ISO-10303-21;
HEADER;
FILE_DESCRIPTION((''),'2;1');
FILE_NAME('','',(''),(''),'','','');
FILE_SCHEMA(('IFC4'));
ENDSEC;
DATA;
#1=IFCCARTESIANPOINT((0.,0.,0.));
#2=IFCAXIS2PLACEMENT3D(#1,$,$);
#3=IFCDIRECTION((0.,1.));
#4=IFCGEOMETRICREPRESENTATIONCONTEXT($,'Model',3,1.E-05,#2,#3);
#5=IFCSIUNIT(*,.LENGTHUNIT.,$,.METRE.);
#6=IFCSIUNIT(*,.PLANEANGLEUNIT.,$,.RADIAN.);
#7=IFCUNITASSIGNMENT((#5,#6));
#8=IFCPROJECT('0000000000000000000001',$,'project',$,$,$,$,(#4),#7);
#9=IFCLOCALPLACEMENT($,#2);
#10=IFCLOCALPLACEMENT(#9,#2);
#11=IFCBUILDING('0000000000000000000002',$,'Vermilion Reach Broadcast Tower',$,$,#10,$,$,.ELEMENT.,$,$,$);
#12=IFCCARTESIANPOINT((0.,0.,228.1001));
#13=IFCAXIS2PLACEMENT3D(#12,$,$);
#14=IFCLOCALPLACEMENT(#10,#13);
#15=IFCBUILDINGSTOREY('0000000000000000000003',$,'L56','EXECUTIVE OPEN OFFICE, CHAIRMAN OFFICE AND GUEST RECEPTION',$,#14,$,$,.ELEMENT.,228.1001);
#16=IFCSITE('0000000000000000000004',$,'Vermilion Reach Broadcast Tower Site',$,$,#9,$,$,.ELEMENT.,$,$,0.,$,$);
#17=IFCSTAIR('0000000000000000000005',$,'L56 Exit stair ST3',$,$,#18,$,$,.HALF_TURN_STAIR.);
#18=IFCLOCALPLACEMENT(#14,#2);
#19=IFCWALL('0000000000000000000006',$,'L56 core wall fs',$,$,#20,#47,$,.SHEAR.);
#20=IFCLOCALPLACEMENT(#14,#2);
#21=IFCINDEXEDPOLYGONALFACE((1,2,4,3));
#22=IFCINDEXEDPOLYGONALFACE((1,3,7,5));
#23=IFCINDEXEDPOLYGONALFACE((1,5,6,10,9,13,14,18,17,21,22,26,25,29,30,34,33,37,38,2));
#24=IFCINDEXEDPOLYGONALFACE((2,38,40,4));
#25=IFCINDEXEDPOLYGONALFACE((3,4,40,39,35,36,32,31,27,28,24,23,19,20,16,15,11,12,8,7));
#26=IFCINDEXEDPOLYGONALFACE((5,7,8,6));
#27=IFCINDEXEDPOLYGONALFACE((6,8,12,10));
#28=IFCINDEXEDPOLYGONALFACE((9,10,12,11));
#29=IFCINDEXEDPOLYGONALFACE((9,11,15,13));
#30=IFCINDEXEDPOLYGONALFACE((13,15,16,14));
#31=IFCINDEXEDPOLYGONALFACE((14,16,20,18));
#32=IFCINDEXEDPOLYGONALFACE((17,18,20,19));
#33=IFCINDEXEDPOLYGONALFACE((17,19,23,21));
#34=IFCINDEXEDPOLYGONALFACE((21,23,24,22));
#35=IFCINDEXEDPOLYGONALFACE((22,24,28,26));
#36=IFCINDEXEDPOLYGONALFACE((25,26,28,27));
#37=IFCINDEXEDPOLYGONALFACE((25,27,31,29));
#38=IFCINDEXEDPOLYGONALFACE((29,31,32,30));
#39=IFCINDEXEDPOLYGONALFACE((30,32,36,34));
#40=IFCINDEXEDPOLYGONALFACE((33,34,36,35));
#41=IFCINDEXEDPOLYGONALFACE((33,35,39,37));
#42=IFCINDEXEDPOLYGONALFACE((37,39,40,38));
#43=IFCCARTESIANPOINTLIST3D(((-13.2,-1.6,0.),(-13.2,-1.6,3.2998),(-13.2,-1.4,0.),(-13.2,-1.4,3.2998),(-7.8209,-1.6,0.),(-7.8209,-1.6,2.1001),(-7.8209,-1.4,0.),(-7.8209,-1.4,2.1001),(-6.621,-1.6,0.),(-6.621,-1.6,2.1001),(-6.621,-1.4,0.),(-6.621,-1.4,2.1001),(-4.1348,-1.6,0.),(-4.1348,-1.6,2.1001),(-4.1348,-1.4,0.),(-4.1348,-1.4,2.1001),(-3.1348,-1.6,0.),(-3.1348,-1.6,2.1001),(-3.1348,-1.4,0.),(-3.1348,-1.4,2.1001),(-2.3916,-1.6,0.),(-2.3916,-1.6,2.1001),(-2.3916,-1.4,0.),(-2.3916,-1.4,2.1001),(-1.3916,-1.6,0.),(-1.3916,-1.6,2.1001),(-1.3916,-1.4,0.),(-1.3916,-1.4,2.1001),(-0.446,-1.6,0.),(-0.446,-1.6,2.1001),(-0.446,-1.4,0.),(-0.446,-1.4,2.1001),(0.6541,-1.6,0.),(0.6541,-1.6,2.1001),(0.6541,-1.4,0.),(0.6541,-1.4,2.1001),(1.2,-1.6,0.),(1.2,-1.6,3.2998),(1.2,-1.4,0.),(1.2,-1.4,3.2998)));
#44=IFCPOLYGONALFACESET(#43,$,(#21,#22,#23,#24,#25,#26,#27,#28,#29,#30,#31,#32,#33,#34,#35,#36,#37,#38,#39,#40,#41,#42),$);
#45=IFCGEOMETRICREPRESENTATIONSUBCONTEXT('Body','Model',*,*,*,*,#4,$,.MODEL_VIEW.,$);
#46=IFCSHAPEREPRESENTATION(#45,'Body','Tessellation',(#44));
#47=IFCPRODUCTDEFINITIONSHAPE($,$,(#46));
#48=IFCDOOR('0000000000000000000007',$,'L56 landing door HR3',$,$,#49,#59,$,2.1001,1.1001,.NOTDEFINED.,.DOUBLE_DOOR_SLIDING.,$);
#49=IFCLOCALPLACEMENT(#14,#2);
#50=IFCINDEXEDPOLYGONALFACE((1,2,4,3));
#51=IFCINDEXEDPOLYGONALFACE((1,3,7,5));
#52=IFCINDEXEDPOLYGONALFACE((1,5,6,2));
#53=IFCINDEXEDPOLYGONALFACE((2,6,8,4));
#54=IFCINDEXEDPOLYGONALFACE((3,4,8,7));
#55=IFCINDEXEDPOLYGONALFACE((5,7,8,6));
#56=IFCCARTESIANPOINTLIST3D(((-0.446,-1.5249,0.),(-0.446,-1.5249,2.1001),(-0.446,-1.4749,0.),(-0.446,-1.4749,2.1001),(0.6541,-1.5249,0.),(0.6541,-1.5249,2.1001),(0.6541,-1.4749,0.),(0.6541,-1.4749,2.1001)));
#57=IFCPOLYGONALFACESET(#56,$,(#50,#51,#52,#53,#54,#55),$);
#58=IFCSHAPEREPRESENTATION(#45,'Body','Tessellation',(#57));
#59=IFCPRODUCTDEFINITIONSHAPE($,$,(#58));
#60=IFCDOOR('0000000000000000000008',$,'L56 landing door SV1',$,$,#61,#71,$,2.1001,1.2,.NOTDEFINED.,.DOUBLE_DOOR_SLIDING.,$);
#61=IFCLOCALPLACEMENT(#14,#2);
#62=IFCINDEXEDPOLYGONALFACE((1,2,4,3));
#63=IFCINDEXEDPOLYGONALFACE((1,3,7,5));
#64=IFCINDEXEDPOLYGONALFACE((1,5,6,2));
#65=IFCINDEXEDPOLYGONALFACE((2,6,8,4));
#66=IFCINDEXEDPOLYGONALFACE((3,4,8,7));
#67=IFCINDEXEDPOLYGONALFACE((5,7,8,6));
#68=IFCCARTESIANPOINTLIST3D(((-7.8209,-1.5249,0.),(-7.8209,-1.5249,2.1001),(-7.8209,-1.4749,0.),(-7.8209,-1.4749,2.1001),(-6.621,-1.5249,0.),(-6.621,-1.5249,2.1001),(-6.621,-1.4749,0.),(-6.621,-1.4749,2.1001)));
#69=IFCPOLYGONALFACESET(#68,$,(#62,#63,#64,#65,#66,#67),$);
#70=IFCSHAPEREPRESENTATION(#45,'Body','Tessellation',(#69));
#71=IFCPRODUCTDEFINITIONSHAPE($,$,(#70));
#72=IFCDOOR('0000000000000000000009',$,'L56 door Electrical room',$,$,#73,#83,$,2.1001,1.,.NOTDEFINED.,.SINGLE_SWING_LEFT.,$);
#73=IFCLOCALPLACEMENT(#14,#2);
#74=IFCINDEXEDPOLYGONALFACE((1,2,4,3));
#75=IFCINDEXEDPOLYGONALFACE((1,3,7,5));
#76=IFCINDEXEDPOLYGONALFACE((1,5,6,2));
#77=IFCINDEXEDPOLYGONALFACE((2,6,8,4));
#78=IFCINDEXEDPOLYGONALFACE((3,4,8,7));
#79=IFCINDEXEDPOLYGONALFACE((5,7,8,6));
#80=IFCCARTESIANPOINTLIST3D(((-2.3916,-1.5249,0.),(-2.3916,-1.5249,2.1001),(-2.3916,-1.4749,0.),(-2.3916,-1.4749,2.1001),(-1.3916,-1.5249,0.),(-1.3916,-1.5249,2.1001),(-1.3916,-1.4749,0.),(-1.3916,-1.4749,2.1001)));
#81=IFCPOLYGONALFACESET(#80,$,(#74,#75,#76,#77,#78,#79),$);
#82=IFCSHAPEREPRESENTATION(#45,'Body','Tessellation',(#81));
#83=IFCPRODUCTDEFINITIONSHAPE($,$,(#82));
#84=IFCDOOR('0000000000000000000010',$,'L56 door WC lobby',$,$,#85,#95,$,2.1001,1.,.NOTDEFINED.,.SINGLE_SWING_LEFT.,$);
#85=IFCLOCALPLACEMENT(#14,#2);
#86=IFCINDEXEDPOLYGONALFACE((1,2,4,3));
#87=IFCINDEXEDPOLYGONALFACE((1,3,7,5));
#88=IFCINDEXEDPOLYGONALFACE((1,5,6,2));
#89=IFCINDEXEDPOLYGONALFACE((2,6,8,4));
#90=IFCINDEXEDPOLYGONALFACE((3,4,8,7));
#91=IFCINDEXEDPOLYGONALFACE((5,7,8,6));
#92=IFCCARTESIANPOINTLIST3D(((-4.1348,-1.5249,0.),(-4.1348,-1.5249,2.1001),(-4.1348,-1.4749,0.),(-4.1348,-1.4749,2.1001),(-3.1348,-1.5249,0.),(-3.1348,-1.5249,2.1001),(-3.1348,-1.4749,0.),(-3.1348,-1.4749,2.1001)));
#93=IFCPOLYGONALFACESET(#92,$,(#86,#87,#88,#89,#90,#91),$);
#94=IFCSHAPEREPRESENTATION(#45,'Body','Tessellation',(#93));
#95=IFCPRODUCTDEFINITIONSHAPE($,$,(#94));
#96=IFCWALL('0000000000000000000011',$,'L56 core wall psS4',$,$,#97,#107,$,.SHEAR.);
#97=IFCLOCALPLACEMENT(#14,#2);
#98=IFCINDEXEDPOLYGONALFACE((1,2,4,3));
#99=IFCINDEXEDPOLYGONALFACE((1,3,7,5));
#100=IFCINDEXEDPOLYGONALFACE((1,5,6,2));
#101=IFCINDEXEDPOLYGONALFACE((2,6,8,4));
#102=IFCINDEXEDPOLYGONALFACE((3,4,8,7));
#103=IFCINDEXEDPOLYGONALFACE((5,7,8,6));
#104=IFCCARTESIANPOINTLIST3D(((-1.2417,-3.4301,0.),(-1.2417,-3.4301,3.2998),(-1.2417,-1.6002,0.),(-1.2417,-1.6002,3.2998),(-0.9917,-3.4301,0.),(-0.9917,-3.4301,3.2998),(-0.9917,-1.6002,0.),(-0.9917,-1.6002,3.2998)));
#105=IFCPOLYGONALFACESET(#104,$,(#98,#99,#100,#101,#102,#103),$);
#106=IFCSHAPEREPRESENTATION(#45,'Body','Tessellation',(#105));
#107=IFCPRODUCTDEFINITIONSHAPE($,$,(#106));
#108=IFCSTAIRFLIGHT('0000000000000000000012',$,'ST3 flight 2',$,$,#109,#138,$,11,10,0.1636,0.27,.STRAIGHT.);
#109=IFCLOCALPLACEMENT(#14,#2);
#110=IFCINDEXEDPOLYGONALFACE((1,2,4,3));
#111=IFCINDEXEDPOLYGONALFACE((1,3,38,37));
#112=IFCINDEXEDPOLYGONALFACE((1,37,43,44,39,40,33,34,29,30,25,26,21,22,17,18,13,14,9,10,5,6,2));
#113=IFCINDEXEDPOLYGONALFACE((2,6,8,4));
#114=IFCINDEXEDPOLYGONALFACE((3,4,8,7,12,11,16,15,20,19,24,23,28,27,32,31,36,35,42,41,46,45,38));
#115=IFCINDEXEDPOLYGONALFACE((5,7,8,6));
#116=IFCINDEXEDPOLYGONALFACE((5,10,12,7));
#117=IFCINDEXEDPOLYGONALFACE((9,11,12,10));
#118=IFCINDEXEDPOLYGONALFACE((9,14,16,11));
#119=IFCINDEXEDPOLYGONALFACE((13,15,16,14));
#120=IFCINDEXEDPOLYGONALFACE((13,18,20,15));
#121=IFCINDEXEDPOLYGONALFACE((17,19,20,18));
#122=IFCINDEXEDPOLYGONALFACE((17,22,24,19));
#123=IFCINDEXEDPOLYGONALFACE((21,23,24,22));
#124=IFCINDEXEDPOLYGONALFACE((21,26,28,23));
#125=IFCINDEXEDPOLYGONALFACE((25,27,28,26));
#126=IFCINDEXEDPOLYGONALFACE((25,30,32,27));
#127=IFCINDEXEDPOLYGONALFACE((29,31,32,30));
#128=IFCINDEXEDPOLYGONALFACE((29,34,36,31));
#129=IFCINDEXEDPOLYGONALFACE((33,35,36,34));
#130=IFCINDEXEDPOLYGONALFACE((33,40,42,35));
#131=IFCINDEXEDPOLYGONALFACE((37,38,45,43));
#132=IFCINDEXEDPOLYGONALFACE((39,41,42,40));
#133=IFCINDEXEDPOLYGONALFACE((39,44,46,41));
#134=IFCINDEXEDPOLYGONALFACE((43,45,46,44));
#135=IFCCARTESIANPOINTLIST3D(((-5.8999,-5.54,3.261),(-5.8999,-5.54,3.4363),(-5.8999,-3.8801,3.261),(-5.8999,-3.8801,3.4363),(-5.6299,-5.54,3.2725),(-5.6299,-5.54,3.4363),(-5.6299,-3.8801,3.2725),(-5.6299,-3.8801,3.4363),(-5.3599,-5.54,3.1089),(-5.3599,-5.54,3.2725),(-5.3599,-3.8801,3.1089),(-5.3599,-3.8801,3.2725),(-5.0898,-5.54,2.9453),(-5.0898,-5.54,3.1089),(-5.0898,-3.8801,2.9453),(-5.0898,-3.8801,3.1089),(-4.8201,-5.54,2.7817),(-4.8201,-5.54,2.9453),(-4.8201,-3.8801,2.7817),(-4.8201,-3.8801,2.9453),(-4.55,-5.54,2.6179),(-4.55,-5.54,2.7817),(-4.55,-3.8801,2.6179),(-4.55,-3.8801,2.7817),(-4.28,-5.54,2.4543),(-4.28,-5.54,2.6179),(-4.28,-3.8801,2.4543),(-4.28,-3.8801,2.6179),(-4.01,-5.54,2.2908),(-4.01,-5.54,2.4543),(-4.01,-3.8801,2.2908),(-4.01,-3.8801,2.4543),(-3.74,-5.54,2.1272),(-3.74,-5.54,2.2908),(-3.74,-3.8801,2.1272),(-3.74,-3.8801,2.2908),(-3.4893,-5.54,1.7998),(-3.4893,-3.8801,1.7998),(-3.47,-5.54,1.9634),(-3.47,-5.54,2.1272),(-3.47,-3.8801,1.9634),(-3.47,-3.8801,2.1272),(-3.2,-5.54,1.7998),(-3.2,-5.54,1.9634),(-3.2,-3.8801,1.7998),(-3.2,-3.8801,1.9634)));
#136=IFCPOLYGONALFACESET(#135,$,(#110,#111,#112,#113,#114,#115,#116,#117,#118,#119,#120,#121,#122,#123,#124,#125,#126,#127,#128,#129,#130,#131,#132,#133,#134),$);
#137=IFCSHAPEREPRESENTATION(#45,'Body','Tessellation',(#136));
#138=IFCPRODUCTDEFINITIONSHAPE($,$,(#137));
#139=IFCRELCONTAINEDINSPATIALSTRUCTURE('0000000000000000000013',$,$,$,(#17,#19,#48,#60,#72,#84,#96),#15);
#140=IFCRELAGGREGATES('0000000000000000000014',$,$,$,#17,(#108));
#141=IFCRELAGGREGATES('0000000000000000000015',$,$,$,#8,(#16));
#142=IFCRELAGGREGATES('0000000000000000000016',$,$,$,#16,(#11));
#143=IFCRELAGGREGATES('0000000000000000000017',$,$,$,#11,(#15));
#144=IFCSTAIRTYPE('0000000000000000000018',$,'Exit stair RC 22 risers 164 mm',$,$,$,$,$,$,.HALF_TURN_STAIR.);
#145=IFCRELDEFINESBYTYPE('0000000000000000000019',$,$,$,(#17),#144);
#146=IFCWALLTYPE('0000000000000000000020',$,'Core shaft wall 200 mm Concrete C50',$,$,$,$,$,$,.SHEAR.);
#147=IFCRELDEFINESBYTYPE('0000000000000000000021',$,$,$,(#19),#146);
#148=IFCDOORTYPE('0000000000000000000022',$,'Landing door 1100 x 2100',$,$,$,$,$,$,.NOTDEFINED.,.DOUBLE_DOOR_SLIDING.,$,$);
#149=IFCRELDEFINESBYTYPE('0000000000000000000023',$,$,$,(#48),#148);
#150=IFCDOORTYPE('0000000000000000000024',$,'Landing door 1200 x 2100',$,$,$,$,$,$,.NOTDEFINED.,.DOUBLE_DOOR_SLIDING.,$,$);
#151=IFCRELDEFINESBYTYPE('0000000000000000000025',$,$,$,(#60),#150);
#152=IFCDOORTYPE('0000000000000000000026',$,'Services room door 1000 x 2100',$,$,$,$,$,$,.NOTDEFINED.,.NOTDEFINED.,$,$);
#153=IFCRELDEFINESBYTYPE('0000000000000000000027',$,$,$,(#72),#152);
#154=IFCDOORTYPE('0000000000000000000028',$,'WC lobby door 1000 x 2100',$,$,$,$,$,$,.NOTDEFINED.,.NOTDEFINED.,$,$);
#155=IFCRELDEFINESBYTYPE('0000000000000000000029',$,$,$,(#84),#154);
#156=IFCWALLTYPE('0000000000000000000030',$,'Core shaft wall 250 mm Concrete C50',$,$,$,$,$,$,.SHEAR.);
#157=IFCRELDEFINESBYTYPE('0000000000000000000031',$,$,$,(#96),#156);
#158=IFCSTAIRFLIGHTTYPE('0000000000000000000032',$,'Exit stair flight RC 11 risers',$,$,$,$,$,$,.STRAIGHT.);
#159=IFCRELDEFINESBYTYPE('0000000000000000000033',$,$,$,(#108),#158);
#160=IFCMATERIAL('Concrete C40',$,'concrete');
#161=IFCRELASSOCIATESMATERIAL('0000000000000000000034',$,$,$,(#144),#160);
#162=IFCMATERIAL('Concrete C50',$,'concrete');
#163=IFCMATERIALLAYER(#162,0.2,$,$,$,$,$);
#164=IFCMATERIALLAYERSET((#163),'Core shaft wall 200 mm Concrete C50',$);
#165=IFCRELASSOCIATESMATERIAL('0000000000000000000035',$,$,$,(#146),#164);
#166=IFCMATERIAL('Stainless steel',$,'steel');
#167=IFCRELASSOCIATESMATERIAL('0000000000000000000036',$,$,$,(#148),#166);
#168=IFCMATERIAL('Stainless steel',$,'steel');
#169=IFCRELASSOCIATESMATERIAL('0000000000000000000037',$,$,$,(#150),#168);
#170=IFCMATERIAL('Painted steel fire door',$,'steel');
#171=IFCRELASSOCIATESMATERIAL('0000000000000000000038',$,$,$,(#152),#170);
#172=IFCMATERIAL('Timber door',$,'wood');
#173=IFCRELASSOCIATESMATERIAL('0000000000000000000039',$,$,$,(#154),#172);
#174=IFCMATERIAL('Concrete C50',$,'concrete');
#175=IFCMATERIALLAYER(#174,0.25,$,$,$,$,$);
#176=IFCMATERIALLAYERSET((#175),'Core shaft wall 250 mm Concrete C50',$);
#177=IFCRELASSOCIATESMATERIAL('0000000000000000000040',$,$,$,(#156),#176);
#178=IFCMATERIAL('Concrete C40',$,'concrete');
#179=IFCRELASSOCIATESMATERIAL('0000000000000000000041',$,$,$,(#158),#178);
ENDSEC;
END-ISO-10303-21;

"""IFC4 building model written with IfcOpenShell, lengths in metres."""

from ifc_helpers import new_model, si_unit, direction, frame, frame_2d, origin, place, context, subcontext, project, spatial, polyline, rectangle, outline, extrude, material, layer, layer_set, type_object, element, fill, aggregate, save


model = new_model("IFC4")

# Units and contexts
model_context = context("Model", 3, precision=1e-05, world=origin(), true_north=direction((0.0, 1.0)))
body_context = subcontext(model_context, "Body", "Model", "MODEL_VIEW")
ifc_project = project(units=[si_unit("LENGTHUNIT", "METRE"), si_unit("PLANEANGLEUNIT", "RADIAN")], contexts=[model_context])

# Site, building, storey
site_placement = place(None, origin())
site = spatial("IfcSite", under=ifc_project, at=site_placement, Name="Vermilion Reach Broadcast Tower Site", CompositionType="ELEMENT", RefElevation=0.0)
building_placement = place(site_placement, origin())
building = spatial("IfcBuilding", under=site, at=building_placement, Name="Vermilion Reach Broadcast Tower", CompositionType="ELEMENT")
storey_placement = place(building_placement, frame((0.0, 0.0, 228.1001)))
storey = spatial("IfcBuildingStorey", under=building, at=storey_placement, Name="L56", Description="EXECUTIVE OPEN OFFICE, CHAIRMAN OFFICE AND GUEST RECEPTION", CompositionType="ELEMENT", Elevation=228.1001)

# Stair
ifc_material_1 = material(Name="Concrete C40", Category="concrete")
stair_type = type_object("IfcStairType", Name="Exit stair RC 22 risers 164 mm", PredefinedType="HALF_TURN_STAIR", material=ifc_material_1)
placement_1 = place(storey_placement, origin())
stair_1 = element("IfcStair", 1, at=placement_1, inside=storey, type_object=stair_type, Name="L56 Exit stair ST3", PredefinedType="HALF_TURN_STAIR")

# Wall, openings, doors
ifc_material_2 = material(Name="Concrete C50", Category="concrete")
ifc_layer_1 = layer(ifc_material_2, 0.2)
ifc_layer_set_1 = layer_set([ifc_layer_1], Name="Core shaft wall 200 mm Concrete C50")
wall_type_1 = type_object("IfcWallType", Name="Core shaft wall 200 mm Concrete C50", PredefinedType="SHEAR", material=ifc_layer_set_1)
wall_1_placement = place(storey_placement, frame((1.2, -1.5, 0.0), z_axis=(0.0, 0.0, 1.0), x_axis=(-1.0, 0.0, 0.0)))
wall_1 = element("IfcWall", 2, at=wall_1_placement, inside=storey, type_object=wall_type_1, Name="L56 core wall fs", PredefinedType="SHEAR", context=body_context, shape_type="SweptSolid", body=[
    extrude(rectangle(XDim=14.3999, YDim=0.2, at=frame_2d((7.2, 0.0))), origin(), (0.0, 0.0, 1.0), 3.2998),
])
opening_1_placement = place(wall_1_placement, frame((7.8208, 0.0, 0.0)))
opening_1 = element("IfcOpeningElement", 3, at=opening_1_placement, cuts=wall_1, PredefinedType="OPENING", context=body_context, shape_type="SweptSolid", body=[
    extrude(rectangle(XDim=1.2, YDim=2.1001, at=frame_2d((0.6001, 1.05))), frame((0.0, 0.1099, 0.0), z_axis=(0.0, -1.0, 0.0), x_axis=(1.0, 0.0, 0.0)), (0.0, 0.0, 1.0), 0.22),
])
opening_2_placement = place(wall_1_placement, frame((0.5459, 0.0, 0.0)))
opening_2 = element("IfcOpeningElement", 4, at=opening_2_placement, cuts=wall_1, PredefinedType="OPENING", context=body_context, shape_type="SweptSolid", body=[
    extrude(rectangle(XDim=1.1001, YDim=2.1001, at=frame_2d((0.55, 1.05))), frame((0.0, 0.1099, 0.0), z_axis=(0.0, -1.0, 0.0), x_axis=(1.0, 0.0, 0.0)), (0.0, 0.0, 1.0), 0.22),
])
opening_3_placement = place(wall_1_placement, frame((4.3347, 0.0, 0.0)))
opening_3 = element("IfcOpeningElement", 5, at=opening_3_placement, cuts=wall_1, PredefinedType="OPENING", context=body_context, shape_type="SweptSolid", body=[
    extrude(rectangle(XDim=1.0, YDim=2.1001, at=frame_2d((0.5, 1.05))), frame((0.0, 0.1099, 0.0), z_axis=(0.0, -1.0, 0.0), x_axis=(1.0, 0.0, 0.0)), (0.0, 0.0, 1.0), 0.22),
])
opening_4_placement = place(wall_1_placement, frame((2.5916, 0.0, 0.0)))
opening_4 = element("IfcOpeningElement", 6, at=opening_4_placement, cuts=wall_1, PredefinedType="OPENING", context=body_context, shape_type="SweptSolid", body=[
    extrude(rectangle(XDim=1.0, YDim=2.1001, at=frame_2d((0.5, 1.05))), frame((0.0, 0.1099, 0.0), z_axis=(0.0, -1.0, 0.0), x_axis=(1.0, 0.0, 0.0)), (0.0, 0.0, 1.0), 0.22),
])
ifc_material_3 = material(Name="Stainless steel", Category="steel")
door_type_1 = type_object("IfcDoorType", Name="Landing door 1100 x 2100", OperationType="DOUBLE_DOOR_SLIDING", PredefinedType="NOTDEFINED", material=ifc_material_3)
door_1_placement = place(opening_2_placement, origin())
door_1 = element("IfcDoor", 7, at=door_1_placement, inside=storey, type_object=door_type_1, Name="L56 landing door HR3", OperationType="DOUBLE_DOOR_SLIDING", OverallHeight=2.1001, OverallWidth=1.1001, PredefinedType="NOTDEFINED", context=body_context, shape_type="SweptSolid", body=[
    extrude(rectangle(XDim=1.1001, YDim=2.1001, at=frame_2d((0.55, 1.05))), frame((0.0, 0.0249, 0.0), z_axis=(0.0, -1.0, 0.0), x_axis=(1.0, 0.0, 0.0)), (0.0, 0.0, 1.0), 0.05),
])
fill(opening_2, door_1)
ifc_material_4 = material(Name="Stainless steel", Category="steel")
door_type_2 = type_object("IfcDoorType", Name="Landing door 1200 x 2100", OperationType="DOUBLE_DOOR_SLIDING", PredefinedType="NOTDEFINED", material=ifc_material_4)
door_2_placement = place(opening_1_placement, origin())
door_2 = element("IfcDoor", 8, at=door_2_placement, inside=storey, type_object=door_type_2, Name="L56 landing door SV1", OperationType="DOUBLE_DOOR_SLIDING", OverallHeight=2.1001, OverallWidth=1.2, PredefinedType="NOTDEFINED", context=body_context, shape_type="SweptSolid", body=[
    extrude(rectangle(XDim=1.2, YDim=2.1001, at=frame_2d((0.6001, 1.05))), frame((0.0, 0.0249, 0.0), z_axis=(0.0, -1.0, 0.0), x_axis=(1.0, 0.0, 0.0)), (0.0, 0.0, 1.0), 0.05),
])
fill(opening_1, door_2)
ifc_material_5 = material(Name="Painted steel fire door", Category="steel")
door_type_3 = type_object("IfcDoorType", Name="Services room door 1000 x 2100", OperationType="NOTDEFINED", PredefinedType="NOTDEFINED", material=ifc_material_5)
door_3_placement = place(opening_4_placement, origin())
door_3 = element("IfcDoor", 9, at=door_3_placement, inside=storey, type_object=door_type_3, Name="L56 door Electrical room", OperationType="SINGLE_SWING_LEFT", OverallHeight=2.1001, OverallWidth=1.0, PredefinedType="NOTDEFINED", context=body_context, shape_type="SweptSolid", body=[
    extrude(rectangle(XDim=1.0, YDim=2.1001, at=frame_2d((0.5, 1.05))), frame((0.0, 0.0249, 0.0), z_axis=(0.0, -1.0, 0.0), x_axis=(1.0, 0.0, 0.0)), (0.0, 0.0, 1.0), 0.05),
])
fill(opening_4, door_3)
ifc_material_6 = material(Name="Timber door", Category="wood")
door_type_4 = type_object("IfcDoorType", Name="WC lobby door 1000 x 2100", OperationType="NOTDEFINED", PredefinedType="NOTDEFINED", material=ifc_material_6)
door_4_placement = place(opening_3_placement, origin())
door_4 = element("IfcDoor", 10, at=door_4_placement, inside=storey, type_object=door_type_4, Name="L56 door WC lobby", OperationType="SINGLE_SWING_LEFT", OverallHeight=2.1001, OverallWidth=1.0, PredefinedType="NOTDEFINED", context=body_context, shape_type="SweptSolid", body=[
    extrude(rectangle(XDim=1.0, YDim=2.1001, at=frame_2d((0.5, 1.05))), frame((0.0, 0.0249, 0.0), z_axis=(0.0, -1.0, 0.0), x_axis=(1.0, 0.0, 0.0)), (0.0, 0.0, 1.0), 0.05),
])
fill(opening_3, door_4)

# Wall
ifc_material_7 = material(Name="Concrete C50", Category="concrete")
ifc_layer_2 = layer(ifc_material_7, 0.25)
ifc_layer_set_2 = layer_set([ifc_layer_2], Name="Core shaft wall 250 mm Concrete C50")
wall_type_2 = type_object("IfcWallType", Name="Core shaft wall 250 mm Concrete C50", PredefinedType="SHEAR", material=ifc_layer_set_2)
wall_2_placement = place(storey_placement, frame((-1.1167, -1.6001, 0.0), z_axis=(0.0, 0.0, 1.0), x_axis=(0.0, -1.0, 0.0)))
element("IfcWall", 11, at=wall_2_placement, inside=storey, type_object=wall_type_2, Name="L56 core wall psS4", PredefinedType="SHEAR", context=body_context, shape_type="SweptSolid", body=[
    extrude(rectangle(XDim=1.8298, YDim=0.25, at=frame_2d((0.915, 0.0))), origin(), (0.0, 0.0, 1.0), 3.2998),
])

# Stair flight
ifc_material_8 = material(Name="Concrete C40", Category="concrete")
stair_flight_type = type_object("IfcStairFlightType", Name="Exit stair flight RC 11 risers", PredefinedType="STRAIGHT", material=ifc_material_8)
stair_flight_placement = place(storey_placement, frame((-3.2, -4.71, 1.7998), z_axis=(0.0, 0.0, 1.0), x_axis=(-1.0, 0.0, 0.0)))
stair_flight = element("IfcStairFlight", 12, at=stair_flight_placement, type_object=stair_flight_type, Name="ST3 flight 2", NumberOfRisers=11, NumberOfTreads=10, PredefinedType="STRAIGHT", RiserHeight=0.1636, TreadLength=0.27, context=body_context, shape_type="SweptSolid", body=[
    extrude(outline(polyline([(0.0, 0.0), (0.0, 0.1636), (0.27, 0.1636), (0.27, 0.3274), (0.54, 0.3274), (0.54, 0.491), (0.8101, 0.491), (0.8101, 0.6545), (1.0801, 0.6545), (1.0801, 0.8181), (1.3501, 0.8181), (1.3501, 0.9819), (1.6201, 0.9819), (1.6201, 1.1455), (1.8899, 1.1455), (1.8899, 1.3091), (2.1599, 1.3091), (2.1599, 1.4727), (2.4299, 1.4727), (2.4299, 1.6365), (2.7, 1.6365), (2.7, 1.8), (2.7, 1.4612), (0.2893, 0.0), (0.0, 0.0)])), frame((0.0, 0.8301, 0.0), z_axis=(0.0, -1.0, 0.0), x_axis=(1.0, 0.0, 0.0)), (0.0, 0.0, 1.0), 1.6599),
])
aggregate(stair_1, [stair_flight])

save(model, "model.ifc")
